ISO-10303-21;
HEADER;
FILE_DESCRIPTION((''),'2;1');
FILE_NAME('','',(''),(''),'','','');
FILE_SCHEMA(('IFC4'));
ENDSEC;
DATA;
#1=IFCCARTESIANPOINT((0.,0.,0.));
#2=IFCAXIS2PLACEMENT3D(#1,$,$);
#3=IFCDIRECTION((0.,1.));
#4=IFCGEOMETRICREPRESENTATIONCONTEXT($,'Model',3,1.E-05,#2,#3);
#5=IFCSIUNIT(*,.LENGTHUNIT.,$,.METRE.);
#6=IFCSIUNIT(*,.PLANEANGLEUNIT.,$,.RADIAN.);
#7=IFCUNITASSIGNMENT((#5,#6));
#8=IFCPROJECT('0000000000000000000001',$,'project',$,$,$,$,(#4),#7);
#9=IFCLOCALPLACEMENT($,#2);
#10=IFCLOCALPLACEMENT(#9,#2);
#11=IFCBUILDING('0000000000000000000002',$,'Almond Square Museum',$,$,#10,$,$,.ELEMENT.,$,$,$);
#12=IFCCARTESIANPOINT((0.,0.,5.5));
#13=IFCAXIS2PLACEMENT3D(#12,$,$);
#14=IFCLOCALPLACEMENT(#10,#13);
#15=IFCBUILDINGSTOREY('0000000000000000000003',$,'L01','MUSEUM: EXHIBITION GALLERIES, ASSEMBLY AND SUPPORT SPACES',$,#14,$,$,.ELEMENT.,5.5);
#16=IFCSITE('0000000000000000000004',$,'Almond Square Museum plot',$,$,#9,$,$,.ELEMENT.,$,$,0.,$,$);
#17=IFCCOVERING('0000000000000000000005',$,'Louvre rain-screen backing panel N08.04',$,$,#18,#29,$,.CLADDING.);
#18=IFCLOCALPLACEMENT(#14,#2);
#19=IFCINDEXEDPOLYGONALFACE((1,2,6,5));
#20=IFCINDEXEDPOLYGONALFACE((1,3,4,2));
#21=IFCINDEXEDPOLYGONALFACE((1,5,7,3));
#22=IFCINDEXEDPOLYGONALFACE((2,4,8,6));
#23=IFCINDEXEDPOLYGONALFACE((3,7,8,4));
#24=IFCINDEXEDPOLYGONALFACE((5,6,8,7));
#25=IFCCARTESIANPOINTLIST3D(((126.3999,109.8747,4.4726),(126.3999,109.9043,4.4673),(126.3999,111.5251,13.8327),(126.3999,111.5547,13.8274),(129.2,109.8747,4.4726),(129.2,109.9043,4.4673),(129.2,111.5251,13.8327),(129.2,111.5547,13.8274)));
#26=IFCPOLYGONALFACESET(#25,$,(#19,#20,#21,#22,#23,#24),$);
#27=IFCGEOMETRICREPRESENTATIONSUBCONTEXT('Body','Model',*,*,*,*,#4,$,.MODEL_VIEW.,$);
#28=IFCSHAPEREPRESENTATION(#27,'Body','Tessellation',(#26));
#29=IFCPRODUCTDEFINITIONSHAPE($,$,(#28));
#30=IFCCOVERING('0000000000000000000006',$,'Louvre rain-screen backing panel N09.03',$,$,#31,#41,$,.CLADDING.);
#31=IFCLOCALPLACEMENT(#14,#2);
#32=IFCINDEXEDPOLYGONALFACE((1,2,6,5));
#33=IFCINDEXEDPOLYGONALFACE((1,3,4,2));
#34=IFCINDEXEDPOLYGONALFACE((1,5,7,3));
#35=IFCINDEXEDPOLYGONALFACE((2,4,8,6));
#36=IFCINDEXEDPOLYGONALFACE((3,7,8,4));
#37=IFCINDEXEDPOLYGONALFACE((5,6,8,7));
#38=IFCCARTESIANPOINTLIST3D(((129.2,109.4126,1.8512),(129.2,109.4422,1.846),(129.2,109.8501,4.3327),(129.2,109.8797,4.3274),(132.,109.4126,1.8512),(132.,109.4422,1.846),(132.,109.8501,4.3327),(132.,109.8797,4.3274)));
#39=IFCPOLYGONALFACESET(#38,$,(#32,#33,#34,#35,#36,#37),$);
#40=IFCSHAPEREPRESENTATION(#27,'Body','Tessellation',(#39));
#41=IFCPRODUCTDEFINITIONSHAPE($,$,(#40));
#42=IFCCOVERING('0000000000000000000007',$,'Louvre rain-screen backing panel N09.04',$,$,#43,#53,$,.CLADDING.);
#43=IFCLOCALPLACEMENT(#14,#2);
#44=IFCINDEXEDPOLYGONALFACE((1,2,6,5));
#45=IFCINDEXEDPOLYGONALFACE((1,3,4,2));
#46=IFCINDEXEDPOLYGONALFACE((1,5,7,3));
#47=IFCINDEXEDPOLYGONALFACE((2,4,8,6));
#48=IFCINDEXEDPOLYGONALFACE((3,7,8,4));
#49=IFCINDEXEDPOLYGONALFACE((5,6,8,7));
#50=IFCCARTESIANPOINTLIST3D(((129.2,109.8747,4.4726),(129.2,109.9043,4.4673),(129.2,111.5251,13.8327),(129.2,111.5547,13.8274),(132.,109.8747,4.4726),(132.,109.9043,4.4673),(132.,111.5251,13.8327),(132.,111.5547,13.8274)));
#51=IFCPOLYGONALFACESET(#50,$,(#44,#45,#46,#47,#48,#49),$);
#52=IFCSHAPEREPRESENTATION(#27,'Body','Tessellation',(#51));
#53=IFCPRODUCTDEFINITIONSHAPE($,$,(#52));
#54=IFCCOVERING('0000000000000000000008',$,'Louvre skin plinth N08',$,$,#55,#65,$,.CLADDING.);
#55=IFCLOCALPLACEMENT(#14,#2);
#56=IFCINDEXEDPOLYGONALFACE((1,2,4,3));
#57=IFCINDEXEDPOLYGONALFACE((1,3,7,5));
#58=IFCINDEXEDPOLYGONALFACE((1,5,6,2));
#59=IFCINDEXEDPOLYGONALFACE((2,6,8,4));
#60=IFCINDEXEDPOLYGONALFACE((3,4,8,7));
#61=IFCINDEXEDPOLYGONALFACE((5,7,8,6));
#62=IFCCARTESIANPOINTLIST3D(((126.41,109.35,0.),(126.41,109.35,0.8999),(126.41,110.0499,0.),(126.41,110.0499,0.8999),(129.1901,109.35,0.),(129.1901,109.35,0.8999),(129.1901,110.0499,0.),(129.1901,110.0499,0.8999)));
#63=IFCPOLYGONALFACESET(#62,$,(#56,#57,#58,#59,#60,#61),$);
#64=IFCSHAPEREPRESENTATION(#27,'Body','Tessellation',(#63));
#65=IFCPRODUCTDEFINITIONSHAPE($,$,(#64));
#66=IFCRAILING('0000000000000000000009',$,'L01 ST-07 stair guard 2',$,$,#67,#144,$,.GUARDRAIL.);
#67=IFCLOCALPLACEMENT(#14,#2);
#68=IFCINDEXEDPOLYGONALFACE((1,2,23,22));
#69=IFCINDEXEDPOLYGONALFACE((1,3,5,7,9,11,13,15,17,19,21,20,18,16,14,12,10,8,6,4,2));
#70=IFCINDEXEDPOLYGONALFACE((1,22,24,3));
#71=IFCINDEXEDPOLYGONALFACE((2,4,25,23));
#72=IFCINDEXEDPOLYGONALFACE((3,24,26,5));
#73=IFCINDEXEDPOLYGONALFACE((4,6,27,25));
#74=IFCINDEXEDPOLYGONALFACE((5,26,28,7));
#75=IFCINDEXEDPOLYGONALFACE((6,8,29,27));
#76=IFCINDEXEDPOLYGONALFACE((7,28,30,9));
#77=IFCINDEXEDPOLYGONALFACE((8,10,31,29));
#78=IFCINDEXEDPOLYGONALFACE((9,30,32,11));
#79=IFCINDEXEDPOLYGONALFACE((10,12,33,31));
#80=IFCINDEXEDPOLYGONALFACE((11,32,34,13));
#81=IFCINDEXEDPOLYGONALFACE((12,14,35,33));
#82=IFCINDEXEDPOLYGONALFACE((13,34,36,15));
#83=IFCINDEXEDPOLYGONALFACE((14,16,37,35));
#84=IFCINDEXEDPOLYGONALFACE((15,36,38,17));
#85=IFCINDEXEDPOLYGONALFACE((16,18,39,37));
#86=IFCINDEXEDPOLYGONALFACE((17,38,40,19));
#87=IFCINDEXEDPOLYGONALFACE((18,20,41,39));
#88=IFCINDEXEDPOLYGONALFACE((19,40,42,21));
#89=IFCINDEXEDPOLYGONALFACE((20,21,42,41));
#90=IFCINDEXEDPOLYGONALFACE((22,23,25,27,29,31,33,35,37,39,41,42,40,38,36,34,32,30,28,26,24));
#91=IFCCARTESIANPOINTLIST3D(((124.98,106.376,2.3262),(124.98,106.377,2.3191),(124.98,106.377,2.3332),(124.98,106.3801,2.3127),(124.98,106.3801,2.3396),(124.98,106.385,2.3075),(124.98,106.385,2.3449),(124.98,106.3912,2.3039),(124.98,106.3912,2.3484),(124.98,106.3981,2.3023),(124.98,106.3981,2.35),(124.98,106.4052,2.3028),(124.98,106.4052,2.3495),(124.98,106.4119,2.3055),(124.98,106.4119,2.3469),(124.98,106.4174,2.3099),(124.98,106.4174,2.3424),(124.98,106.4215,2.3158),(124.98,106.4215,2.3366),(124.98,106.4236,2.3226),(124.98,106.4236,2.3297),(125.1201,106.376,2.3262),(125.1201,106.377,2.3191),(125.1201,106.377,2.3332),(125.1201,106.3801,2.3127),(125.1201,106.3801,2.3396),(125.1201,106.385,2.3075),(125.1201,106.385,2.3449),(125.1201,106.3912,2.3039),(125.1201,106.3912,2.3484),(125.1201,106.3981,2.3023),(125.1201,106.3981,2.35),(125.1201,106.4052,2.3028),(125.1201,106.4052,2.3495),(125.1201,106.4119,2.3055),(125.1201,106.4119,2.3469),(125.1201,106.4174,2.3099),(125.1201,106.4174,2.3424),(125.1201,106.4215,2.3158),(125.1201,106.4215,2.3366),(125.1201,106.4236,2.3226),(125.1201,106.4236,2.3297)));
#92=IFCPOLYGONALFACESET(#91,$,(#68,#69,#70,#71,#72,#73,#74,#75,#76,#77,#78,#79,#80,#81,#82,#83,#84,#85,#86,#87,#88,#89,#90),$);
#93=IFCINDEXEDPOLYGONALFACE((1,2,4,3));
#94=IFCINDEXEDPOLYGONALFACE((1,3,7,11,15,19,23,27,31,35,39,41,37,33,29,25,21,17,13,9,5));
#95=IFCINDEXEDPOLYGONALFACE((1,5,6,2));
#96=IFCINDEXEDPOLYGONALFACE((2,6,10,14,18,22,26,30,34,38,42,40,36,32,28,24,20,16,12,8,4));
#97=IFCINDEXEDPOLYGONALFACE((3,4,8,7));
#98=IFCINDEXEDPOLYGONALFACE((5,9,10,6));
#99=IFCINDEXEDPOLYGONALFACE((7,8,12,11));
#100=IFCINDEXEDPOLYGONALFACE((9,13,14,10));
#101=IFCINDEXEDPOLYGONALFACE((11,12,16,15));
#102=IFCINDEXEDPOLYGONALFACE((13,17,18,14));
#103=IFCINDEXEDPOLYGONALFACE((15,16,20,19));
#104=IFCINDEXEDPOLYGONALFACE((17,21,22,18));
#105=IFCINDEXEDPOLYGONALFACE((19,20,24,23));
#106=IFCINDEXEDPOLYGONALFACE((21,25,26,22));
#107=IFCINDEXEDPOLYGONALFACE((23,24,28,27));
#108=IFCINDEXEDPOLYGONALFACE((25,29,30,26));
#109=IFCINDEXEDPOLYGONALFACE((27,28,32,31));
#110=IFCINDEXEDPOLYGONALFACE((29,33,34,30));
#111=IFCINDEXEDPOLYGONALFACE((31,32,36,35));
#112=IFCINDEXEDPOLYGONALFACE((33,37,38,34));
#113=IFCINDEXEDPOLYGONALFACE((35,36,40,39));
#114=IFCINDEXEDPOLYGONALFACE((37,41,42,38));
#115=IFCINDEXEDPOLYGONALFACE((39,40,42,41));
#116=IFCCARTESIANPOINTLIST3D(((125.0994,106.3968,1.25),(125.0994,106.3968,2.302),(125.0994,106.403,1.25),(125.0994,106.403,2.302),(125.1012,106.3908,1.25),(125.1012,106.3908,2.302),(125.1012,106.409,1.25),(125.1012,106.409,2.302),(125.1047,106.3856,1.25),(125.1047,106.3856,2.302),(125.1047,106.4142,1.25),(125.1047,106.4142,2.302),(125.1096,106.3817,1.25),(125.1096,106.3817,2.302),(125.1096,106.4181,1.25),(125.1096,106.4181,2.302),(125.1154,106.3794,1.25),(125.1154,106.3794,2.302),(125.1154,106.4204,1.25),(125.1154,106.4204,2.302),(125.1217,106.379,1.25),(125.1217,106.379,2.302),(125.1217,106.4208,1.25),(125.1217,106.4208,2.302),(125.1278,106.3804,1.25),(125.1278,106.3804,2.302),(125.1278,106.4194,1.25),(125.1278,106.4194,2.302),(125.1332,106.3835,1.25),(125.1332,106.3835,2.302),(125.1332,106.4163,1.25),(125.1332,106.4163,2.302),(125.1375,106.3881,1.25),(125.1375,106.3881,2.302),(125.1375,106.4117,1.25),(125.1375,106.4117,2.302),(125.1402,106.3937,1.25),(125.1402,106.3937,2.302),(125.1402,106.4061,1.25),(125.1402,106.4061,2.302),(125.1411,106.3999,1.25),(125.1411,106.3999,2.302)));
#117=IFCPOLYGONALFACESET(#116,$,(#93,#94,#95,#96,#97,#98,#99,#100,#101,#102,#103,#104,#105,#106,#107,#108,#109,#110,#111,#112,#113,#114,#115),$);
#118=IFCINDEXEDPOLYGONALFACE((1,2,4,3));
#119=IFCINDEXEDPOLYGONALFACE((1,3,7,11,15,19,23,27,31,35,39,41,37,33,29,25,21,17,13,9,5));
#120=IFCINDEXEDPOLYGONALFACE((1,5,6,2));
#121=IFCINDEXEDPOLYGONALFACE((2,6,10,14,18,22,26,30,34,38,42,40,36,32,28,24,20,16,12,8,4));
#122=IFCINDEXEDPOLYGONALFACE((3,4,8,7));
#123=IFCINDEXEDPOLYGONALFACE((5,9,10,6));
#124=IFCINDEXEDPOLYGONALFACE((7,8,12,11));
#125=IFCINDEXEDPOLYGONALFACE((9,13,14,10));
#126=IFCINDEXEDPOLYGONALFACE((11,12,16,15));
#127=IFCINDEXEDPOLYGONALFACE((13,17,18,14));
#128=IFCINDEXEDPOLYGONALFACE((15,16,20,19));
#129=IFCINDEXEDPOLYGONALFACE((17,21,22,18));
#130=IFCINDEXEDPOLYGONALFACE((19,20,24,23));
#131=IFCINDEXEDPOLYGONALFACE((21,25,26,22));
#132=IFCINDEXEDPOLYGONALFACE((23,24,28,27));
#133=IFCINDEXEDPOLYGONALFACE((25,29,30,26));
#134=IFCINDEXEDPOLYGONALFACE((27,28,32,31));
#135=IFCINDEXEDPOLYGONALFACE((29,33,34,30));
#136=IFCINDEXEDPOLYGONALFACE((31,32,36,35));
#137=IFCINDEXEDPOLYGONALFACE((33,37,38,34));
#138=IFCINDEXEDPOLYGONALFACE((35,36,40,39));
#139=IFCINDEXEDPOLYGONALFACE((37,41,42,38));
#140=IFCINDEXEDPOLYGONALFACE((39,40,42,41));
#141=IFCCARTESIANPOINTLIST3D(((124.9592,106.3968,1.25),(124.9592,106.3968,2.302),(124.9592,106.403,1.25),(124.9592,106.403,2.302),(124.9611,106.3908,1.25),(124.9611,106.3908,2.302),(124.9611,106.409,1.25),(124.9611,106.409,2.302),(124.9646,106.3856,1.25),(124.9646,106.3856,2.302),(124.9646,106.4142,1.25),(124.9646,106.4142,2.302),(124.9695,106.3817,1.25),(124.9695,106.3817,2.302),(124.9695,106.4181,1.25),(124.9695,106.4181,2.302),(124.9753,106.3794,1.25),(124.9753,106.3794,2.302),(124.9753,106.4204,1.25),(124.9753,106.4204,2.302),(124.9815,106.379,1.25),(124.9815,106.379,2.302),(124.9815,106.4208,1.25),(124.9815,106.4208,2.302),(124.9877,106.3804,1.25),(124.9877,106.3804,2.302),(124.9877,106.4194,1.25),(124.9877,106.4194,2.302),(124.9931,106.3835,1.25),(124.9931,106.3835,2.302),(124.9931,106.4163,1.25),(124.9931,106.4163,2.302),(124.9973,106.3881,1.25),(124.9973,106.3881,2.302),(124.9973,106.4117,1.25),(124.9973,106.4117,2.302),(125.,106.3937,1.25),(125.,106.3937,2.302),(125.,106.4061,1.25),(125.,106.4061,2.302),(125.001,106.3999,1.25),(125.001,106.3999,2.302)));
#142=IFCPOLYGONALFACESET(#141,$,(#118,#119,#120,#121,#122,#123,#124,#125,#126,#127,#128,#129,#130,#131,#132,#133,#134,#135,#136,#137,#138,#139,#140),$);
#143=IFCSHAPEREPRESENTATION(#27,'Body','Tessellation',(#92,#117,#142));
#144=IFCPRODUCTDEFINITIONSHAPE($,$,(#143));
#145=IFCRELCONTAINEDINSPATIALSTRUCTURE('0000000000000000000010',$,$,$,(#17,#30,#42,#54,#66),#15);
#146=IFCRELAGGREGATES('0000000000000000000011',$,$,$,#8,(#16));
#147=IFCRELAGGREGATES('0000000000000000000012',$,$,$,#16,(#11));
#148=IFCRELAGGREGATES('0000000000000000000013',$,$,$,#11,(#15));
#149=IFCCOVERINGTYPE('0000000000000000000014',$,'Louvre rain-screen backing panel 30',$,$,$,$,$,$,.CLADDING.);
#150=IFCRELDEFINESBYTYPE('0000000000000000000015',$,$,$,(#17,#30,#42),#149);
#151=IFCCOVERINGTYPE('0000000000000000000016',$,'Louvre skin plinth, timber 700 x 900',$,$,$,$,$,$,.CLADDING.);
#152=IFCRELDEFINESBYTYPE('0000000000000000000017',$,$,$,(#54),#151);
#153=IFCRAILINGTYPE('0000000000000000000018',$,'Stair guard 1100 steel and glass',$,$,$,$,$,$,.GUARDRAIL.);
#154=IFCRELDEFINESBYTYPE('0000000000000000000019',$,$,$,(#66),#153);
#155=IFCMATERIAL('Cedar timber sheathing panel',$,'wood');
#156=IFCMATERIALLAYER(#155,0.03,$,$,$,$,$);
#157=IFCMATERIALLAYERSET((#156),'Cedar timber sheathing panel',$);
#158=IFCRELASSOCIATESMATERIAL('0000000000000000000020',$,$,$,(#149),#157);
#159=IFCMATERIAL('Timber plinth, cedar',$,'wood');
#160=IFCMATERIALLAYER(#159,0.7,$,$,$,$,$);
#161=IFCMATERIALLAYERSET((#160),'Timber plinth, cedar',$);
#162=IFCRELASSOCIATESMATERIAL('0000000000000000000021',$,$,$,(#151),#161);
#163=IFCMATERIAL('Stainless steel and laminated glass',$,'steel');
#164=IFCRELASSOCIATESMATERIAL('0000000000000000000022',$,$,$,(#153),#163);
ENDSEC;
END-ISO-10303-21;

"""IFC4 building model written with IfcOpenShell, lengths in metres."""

from ifc_helpers import new_model, si_unit, direction, frame, origin, origin_2d, place, context, subcontext, project, spatial, polyline, rectangle, circle, outline, extrude, material, layer, layer_set, type_object, element, save


model = new_model("IFC4")

# Units and contexts
model_context = context("Model", 3, precision=1e-05, world=origin(), true_north=direction((0.0, 1.0)))
body_context = subcontext(model_context, "Body", "Model", "MODEL_VIEW")
ifc_project = project(units=[si_unit("LENGTHUNIT", "METRE"), si_unit("PLANEANGLEUNIT", "RADIAN")], contexts=[model_context])

# Site, building, storey
site_placement = place(None, origin())
site = spatial("IfcSite", under=ifc_project, at=site_placement, Name="Almond Square Museum plot", CompositionType="ELEMENT", RefElevation=0.0)
building_placement = place(site_placement, origin())
building = spatial("IfcBuilding", under=site, at=building_placement, Name="Almond Square Museum", CompositionType="ELEMENT")
storey_placement = place(building_placement, frame((0.0, 0.0, 5.5)))
storey = spatial("IfcBuildingStorey", under=building, at=storey_placement, Name="L01", Description="MUSEUM: EXHIBITION GALLERIES, ASSEMBLY AND SUPPORT SPACES", CompositionType="ELEMENT", Elevation=5.5)

# Coverings
ifc_material_1 = material(Name="Cedar timber sheathing panel", Category="wood")
ifc_layer_1 = layer(ifc_material_1, 0.03)
ifc_layer_set_1 = layer_set([ifc_layer_1], Name="Cedar timber sheathing panel")
covering_type_1 = type_object("IfcCoveringType", Name="Louvre rain-screen backing panel 30", PredefinedType="CLADDING", material=ifc_layer_set_1)
covering_1_placement = place(storey_placement, frame((126.3999, 109.8894, 4.47), z_axis=(0.0, -0.984809, 0.173643), x_axis=(1.0, 0.0, 0.0)))
element("IfcCovering", 1, at=covering_1_placement, inside=storey, type_object=covering_type_1, Name="Louvre rain-screen backing panel N08.04", PredefinedType="CLADDING", context=body_context, shape_type="SweptSolid", body=[
    extrude(outline(polyline([(0.0, 0.0), (2.8, 0.0), (2.8, 9.5045), (0.0, 9.5045), (0.0, 0.0)])), frame((0.0, 0.0, -0.0151)), (0.0, 0.0, 1.0), 0.03),
])
covering_2_placement = place(storey_placement, frame((129.2, 109.4272, 1.8486), z_axis=(0.0, -0.984811, 0.173631), x_axis=(1.0, 0.0, 0.0)))
element("IfcCovering", 2, at=covering_2_placement, inside=storey, type_object=covering_type_1, Name="Louvre rain-screen backing panel N09.03", PredefinedType="CLADDING", context=body_context, shape_type="SweptSolid", body=[
    extrude(outline(polyline([(0.0, 0.0), (2.8, 0.0), (2.8, 2.5197), (0.0, 2.5197), (0.0, 0.0)])), frame((0.0, 0.0, -0.0151)), (0.0, 0.0, 1.0), 0.03),
])
covering_3_placement = place(storey_placement, frame((129.2, 109.8894, 4.47), z_axis=(0.0, -0.984809, 0.173643), x_axis=(1.0, 0.0, 0.0)))
element("IfcCovering", 3, at=covering_3_placement, inside=storey, type_object=covering_type_1, Name="Louvre rain-screen backing panel N09.04", PredefinedType="CLADDING", context=body_context, shape_type="SweptSolid", body=[
    extrude(outline(polyline([(0.0, 0.0), (2.8, 0.0), (2.8, 9.5045), (0.0, 9.5045), (0.0, 0.0)])), frame((0.0, 0.0, -0.0151)), (0.0, 0.0, 1.0), 0.03),
])
ifc_material_2 = material(Name="Timber plinth, cedar", Category="wood")
ifc_layer_2 = layer(ifc_material_2, 0.7)
ifc_layer_set_2 = layer_set([ifc_layer_2], Name="Timber plinth, cedar")
covering_type_2 = type_object("IfcCoveringType", Name="Louvre skin plinth, timber 700 x 900", PredefinedType="CLADDING", material=ifc_layer_set_2)
covering_4_placement = place(storey_placement, frame((127.8, 109.7, 0.0), z_axis=(0.0, 0.0, 1.0), x_axis=(1.0, 0.0, 0.0)))
element("IfcCovering", 4, at=covering_4_placement, inside=storey, type_object=covering_type_2, Name="Louvre skin plinth N08", PredefinedType="CLADDING", context=body_context, shape_type="SweptSolid", body=[
    extrude(rectangle(XDim=2.78, YDim=0.7, at=origin_2d()), origin(), (0.0, 0.0, 1.0), 0.8999),
])

# Railing
ifc_material_3 = material(Name="Stainless steel and laminated glass", Category="steel")
railing_type_1 = type_object("IfcRailingType", Name="Stair guard 1100 steel and glass", PredefinedType="GUARDRAIL", material=ifc_material_3)
railing_1_placement = place(storey_placement, frame((125.1201, 106.3999, 1.25)))
element("IfcRailing", 5, at=railing_1_placement, inside=storey, type_object=railing_type_1, Name="L01 ST-07 stair guard 2", PredefinedType="GUARDRAIL", context=body_context, shape_type="SweptSolid", body=[
    extrude(circle(Radius=0.0239, at=origin_2d()), frame((0.0, 0.0, 1.0762), z_axis=(-1.0, 0.0, 0.0), x_axis=(0.0, -1.0, 0.0)), (0.0, 0.0, 1.0), 0.1401),
    extrude(circle(Radius=0.021, at=origin_2d()), origin(), (0.0, 0.0, 1.0), 1.052),
    extrude(circle(Radius=0.021, at=origin_2d()), frame((-0.1401, 0.0, 0.0)), (0.0, 0.0, 1.0), 1.052),
])

save(model, "model.ifc")
